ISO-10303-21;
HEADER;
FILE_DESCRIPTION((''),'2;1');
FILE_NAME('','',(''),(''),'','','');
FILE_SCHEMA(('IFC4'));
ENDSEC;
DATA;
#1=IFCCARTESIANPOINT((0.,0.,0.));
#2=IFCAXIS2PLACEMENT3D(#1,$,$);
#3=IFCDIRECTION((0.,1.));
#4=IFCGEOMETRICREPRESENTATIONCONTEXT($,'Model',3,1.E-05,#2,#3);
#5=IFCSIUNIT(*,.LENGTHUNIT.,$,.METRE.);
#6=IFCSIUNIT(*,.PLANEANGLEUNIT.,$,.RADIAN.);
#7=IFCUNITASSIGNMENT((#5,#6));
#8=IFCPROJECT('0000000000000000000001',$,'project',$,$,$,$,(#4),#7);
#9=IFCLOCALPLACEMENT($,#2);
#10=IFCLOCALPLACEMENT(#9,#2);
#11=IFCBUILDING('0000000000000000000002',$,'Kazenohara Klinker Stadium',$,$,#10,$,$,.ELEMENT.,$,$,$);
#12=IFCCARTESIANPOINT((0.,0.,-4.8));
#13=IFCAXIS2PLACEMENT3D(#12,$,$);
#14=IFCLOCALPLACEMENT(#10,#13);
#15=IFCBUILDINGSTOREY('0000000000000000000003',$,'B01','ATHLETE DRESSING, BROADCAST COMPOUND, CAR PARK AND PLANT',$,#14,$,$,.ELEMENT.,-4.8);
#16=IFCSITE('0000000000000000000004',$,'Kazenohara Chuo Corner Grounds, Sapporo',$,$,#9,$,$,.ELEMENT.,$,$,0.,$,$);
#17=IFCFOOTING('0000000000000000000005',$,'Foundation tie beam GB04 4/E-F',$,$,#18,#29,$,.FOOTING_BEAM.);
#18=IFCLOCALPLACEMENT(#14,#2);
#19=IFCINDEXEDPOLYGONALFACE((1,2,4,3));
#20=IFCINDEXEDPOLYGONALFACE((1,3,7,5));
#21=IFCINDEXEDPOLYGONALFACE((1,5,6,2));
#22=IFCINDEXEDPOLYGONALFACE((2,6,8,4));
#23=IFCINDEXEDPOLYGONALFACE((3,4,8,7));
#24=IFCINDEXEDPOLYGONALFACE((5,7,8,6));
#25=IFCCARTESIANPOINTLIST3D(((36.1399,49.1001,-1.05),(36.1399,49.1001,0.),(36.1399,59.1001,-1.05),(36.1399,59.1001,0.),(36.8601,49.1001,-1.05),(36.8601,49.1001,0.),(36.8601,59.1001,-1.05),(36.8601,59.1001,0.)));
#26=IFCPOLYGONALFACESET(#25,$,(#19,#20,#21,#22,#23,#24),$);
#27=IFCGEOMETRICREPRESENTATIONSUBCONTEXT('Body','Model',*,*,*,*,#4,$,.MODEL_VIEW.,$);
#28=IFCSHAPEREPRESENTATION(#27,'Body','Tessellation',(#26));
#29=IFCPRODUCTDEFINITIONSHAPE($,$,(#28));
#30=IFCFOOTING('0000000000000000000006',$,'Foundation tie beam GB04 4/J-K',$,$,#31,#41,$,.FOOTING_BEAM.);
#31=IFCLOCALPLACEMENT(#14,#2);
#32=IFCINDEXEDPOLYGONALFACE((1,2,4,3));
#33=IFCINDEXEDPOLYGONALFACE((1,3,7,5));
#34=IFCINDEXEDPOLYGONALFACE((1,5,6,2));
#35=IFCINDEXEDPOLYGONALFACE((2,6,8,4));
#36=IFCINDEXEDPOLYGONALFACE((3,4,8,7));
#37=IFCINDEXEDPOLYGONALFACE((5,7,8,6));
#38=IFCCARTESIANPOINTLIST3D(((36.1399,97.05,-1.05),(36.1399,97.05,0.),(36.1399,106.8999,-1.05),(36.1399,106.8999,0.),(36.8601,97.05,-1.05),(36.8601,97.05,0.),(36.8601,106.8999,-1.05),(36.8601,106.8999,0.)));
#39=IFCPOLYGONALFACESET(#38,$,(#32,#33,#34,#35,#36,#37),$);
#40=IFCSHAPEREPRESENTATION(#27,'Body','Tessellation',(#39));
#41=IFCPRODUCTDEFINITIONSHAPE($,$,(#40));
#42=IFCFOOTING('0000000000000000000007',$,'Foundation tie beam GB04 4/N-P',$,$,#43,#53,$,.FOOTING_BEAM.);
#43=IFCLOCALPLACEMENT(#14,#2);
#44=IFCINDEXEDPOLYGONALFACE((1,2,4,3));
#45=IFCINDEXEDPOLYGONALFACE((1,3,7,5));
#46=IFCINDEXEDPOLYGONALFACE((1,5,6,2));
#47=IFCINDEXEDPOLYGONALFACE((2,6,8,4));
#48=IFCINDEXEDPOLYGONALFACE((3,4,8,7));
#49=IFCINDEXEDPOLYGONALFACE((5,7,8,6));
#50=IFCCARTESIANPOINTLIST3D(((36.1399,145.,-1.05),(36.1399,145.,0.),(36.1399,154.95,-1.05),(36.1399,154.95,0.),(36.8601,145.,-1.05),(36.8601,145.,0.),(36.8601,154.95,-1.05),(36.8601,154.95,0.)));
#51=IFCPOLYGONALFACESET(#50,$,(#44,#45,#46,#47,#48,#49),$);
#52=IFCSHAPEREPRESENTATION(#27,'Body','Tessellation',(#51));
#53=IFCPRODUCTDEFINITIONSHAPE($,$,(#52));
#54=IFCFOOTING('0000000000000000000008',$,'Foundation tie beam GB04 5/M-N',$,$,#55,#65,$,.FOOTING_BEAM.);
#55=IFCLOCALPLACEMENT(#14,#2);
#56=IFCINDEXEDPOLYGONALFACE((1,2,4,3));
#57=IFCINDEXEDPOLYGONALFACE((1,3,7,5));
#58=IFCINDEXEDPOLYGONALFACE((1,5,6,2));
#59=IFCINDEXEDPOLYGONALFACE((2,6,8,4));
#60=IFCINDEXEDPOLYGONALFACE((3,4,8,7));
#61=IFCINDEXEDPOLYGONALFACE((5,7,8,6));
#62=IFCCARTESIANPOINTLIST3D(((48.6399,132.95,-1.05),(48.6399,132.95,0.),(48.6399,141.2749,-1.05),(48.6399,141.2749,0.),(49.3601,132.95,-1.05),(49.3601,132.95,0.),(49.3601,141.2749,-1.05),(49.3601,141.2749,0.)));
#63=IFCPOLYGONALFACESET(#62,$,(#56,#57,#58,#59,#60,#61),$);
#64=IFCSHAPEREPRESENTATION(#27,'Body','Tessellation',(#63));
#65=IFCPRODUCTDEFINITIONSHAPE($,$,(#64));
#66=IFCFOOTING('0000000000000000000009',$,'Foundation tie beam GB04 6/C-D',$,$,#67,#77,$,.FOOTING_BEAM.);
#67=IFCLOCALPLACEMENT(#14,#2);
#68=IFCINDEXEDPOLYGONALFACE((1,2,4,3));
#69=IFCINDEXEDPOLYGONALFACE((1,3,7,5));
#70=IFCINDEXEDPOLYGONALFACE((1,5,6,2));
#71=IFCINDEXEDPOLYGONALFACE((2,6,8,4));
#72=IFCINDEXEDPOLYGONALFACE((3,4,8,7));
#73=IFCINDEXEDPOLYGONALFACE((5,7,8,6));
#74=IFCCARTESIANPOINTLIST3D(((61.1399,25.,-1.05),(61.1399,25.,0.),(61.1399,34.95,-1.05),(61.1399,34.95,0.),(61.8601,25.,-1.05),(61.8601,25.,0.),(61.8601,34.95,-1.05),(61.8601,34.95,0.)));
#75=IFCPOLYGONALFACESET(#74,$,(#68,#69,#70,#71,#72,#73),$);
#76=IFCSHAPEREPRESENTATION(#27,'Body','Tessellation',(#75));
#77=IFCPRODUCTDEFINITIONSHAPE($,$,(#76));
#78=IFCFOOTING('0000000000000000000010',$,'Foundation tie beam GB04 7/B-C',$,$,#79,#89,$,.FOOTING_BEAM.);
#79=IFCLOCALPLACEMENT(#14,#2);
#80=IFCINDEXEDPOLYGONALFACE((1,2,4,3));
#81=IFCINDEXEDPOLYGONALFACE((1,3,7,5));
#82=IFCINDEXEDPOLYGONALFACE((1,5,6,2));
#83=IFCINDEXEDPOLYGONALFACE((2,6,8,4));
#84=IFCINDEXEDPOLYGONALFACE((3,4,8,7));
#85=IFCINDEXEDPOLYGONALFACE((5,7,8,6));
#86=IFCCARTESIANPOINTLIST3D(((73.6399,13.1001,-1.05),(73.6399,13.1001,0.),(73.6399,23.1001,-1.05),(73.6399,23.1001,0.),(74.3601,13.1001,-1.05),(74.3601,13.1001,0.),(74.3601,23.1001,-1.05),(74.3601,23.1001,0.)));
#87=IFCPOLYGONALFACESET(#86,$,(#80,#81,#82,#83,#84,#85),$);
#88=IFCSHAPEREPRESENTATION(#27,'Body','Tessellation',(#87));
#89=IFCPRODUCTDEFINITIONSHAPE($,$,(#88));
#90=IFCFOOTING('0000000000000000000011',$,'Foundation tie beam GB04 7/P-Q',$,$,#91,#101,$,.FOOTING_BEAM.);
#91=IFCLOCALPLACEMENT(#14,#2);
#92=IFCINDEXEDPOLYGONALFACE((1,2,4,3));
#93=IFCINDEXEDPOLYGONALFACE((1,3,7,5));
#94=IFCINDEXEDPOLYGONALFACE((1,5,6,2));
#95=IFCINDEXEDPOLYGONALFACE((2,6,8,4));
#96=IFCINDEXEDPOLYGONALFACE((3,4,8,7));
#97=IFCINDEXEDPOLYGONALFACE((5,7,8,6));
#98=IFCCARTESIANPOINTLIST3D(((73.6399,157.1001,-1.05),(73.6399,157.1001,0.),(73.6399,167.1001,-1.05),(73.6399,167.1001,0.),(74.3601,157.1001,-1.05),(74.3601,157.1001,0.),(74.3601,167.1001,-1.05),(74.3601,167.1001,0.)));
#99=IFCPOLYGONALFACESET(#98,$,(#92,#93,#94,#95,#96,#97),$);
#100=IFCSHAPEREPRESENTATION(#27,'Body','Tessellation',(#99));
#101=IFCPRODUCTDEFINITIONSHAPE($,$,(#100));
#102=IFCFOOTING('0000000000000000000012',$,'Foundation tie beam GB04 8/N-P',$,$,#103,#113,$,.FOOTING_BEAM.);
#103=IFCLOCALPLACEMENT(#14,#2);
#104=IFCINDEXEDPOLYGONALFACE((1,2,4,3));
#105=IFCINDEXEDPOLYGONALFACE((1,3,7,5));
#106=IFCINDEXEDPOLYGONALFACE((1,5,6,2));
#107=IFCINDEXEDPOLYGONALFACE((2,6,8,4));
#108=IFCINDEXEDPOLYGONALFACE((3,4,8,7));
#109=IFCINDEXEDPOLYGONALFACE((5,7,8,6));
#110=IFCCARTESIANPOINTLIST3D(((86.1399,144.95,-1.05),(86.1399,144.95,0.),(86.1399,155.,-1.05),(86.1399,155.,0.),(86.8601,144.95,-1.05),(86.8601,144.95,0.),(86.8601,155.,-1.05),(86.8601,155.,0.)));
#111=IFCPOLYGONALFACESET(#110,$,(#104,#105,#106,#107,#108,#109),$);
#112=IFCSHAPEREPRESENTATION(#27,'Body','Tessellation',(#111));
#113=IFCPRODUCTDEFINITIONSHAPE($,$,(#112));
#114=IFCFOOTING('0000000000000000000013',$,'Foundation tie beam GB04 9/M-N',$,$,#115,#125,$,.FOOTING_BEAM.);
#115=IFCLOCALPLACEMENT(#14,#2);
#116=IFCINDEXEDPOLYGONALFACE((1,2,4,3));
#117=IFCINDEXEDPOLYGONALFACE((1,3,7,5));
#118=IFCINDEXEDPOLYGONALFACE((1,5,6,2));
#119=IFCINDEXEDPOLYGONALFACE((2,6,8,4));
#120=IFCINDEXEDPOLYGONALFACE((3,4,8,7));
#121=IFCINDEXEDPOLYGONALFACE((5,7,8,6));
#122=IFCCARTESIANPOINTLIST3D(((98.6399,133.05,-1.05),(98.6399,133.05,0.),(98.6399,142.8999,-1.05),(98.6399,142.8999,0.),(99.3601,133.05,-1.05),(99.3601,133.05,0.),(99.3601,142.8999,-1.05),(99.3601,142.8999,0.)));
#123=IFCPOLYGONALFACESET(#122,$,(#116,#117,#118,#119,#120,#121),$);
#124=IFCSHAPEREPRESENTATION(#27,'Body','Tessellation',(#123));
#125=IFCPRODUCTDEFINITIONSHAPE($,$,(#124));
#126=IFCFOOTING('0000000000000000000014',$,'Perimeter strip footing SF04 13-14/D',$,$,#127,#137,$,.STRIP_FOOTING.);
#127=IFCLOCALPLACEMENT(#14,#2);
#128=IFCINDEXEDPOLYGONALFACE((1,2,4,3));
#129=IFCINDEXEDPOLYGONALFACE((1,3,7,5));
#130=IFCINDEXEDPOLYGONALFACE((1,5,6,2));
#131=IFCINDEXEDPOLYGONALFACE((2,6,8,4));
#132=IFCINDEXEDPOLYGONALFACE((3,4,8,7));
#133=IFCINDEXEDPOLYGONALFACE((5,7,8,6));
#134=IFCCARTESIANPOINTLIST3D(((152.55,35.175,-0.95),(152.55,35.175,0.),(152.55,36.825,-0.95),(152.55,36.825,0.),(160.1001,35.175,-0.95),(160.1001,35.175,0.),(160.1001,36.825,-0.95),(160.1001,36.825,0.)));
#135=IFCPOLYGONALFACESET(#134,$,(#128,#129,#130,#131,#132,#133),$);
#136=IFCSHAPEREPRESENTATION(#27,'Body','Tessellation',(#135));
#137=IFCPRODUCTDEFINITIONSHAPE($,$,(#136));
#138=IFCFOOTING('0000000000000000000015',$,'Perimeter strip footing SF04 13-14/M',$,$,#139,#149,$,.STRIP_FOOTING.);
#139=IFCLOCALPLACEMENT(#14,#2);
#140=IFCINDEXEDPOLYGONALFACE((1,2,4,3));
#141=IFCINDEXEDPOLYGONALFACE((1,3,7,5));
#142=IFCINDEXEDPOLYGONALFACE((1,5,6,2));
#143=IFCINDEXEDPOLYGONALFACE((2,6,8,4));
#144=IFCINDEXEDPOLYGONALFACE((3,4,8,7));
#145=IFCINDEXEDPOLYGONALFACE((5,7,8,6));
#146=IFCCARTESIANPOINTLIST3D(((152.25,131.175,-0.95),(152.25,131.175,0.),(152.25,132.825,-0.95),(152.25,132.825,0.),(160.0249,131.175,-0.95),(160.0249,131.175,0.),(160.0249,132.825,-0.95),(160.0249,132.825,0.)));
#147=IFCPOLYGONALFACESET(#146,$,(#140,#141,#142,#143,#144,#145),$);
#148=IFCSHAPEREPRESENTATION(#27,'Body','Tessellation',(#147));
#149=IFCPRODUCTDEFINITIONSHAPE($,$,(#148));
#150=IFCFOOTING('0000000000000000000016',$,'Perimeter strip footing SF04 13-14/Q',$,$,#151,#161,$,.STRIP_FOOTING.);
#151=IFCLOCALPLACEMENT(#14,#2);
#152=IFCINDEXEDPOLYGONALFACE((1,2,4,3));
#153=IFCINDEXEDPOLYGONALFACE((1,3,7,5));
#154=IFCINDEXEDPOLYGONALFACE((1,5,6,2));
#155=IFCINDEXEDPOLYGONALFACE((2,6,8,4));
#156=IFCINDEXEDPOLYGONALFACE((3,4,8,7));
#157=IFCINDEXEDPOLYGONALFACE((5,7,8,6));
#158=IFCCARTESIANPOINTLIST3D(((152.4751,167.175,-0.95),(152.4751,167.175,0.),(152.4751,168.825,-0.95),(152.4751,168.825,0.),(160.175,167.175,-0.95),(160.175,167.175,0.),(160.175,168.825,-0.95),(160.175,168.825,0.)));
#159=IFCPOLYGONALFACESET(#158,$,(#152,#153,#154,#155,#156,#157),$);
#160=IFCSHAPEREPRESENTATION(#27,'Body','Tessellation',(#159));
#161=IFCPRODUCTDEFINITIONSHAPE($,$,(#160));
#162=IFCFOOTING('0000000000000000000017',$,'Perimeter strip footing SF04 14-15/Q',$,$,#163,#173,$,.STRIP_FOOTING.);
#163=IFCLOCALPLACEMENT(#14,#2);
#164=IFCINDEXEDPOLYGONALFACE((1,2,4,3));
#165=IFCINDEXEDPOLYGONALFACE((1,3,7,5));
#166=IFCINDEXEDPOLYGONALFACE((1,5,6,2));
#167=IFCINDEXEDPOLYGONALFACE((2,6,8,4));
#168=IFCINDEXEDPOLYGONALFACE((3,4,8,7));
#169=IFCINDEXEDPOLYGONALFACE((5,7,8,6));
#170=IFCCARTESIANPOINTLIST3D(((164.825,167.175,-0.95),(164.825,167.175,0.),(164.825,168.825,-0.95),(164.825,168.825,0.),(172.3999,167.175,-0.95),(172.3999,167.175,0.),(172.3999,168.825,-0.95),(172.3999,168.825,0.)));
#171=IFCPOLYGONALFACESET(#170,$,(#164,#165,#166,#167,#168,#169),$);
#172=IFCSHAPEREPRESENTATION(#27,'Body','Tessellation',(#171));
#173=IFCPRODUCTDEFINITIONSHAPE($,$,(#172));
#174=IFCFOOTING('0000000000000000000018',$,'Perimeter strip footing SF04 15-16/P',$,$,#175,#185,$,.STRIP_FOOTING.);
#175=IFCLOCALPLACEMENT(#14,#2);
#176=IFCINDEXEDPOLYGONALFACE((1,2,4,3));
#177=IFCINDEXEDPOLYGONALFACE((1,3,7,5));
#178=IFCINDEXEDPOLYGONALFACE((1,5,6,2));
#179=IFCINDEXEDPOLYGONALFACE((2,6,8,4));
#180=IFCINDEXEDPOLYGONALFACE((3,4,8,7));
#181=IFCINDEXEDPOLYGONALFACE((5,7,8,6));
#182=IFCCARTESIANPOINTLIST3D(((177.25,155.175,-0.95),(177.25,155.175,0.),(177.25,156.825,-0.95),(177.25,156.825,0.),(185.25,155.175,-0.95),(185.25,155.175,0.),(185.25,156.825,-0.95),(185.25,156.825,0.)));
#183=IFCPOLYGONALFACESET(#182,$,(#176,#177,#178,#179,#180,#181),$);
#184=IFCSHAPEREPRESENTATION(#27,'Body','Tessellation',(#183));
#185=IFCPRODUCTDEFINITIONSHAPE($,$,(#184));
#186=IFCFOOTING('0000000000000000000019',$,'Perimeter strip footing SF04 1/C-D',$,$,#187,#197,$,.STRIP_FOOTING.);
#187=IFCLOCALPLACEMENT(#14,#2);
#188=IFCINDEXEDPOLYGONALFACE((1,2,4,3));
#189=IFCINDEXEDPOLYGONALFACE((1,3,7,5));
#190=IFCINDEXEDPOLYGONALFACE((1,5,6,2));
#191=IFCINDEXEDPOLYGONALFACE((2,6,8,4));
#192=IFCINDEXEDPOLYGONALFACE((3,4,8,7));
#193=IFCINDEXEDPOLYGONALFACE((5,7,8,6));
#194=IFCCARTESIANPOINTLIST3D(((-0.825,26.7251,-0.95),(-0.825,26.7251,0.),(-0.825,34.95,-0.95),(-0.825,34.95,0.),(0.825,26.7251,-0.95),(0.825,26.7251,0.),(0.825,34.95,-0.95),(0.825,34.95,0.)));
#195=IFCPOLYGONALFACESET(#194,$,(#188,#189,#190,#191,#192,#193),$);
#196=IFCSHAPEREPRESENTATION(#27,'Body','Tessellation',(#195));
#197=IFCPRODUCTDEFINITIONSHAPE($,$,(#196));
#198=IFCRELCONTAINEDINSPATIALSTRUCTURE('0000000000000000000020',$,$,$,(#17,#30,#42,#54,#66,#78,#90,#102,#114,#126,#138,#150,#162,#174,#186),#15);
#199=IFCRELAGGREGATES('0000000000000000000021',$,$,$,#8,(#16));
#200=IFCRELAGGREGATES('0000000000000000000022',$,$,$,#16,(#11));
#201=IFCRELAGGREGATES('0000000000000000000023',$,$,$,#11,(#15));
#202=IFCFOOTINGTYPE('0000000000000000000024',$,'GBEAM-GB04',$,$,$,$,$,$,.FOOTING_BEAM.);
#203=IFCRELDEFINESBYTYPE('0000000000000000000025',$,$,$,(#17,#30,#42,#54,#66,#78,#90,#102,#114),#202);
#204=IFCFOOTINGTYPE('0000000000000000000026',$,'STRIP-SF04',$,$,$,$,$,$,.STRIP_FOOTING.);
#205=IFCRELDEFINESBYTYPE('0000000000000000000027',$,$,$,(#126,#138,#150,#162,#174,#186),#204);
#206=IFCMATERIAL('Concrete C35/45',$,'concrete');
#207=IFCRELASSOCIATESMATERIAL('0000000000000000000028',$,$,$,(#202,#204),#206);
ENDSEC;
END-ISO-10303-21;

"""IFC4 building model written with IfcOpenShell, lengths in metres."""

from ifc_helpers import new_model, si_unit, direction, frame, origin, place, context, subcontext, project, spatial, polyline, outline, extrude, material, type_object, element, save


model = new_model("IFC4")

# Units and contexts
model_context = context("Model", 3, precision=1e-05, world=origin(), true_north=direction((0.0, 1.0)))
body_context = subcontext(model_context, "Body", "Model", "MODEL_VIEW")
ifc_project = project(units=[si_unit("LENGTHUNIT", "METRE"), si_unit("PLANEANGLEUNIT", "RADIAN")], contexts=[model_context])

# Site, building, storey
site_placement = place(None, origin())
site = spatial("IfcSite", under=ifc_project, at=site_placement, Name="Kazenohara Chuo Corner Grounds, Sapporo", CompositionType="ELEMENT", RefElevation=0.0)
building_placement = place(site_placement, origin())
building = spatial("IfcBuilding", under=site, at=building_placement, Name="Kazenohara Klinker Stadium", CompositionType="ELEMENT")
storey_placement = place(building_placement, frame((0.0, 0.0, -4.8)))
storey = spatial("IfcBuildingStorey", under=building, at=storey_placement, Name="B01", Description="ATHLETE DRESSING, BROADCAST COMPOUND, CAR PARK AND PLANT", CompositionType="ELEMENT", Elevation=-4.8)

# Footings
ifc_material = material(Name="Concrete C35/45", Category="concrete")
footing_type_1 = type_object("IfcFootingType", Name="GBEAM-GB04", PredefinedType="FOOTING_BEAM", material=ifc_material)
footing_1_placement = place(storey_placement, frame((0.0, 0.0, -1.05)))
element("IfcFooting", 1, at=footing_1_placement, inside=storey, type_object=footing_type_1, Name="Foundation tie beam GB04 4/E-F", PredefinedType="FOOTING_BEAM", context=body_context, shape_type="SweptSolid", body=[
    extrude(outline(polyline([(36.1399, 49.1001), (36.8601, 49.1001), (36.8601, 59.1001), (36.1399, 59.1001), (36.1399, 49.1001)])), origin(), (0.0, 0.0, 1.0), 1.05),
])
footing_2_placement = place(storey_placement, frame((0.0, 0.0, -1.05)))
element("IfcFooting", 2, at=footing_2_placement, inside=storey, type_object=footing_type_1, Name="Foundation tie beam GB04 4/J-K", PredefinedType="FOOTING_BEAM", context=body_context, shape_type="SweptSolid", body=[
    extrude(outline(polyline([(36.1399, 97.05), (36.8601, 97.05), (36.8601, 106.8999), (36.1399, 106.8999), (36.1399, 97.05)])), origin(), (0.0, 0.0, 1.0), 1.05),
])
footing_3_placement = place(storey_placement, frame((0.0, 0.0, -1.05)))
element("IfcFooting", 3, at=footing_3_placement, inside=storey, type_object=footing_type_1, Name="Foundation tie beam GB04 4/N-P", PredefinedType="FOOTING_BEAM", context=body_context, shape_type="SweptSolid", body=[
    extrude(outline(polyline([(36.1399, 145.0), (36.8601, 145.0), (36.8601, 154.95), (36.1399, 154.95), (36.1399, 145.0)])), origin(), (0.0, 0.0, 1.0), 1.05),
])
footing_4_placement = place(storey_placement, frame((0.0, 0.0, -1.05)))
element("IfcFooting", 4, at=footing_4_placement, inside=storey, type_object=footing_type_1, Name="Foundation tie beam GB04 5/M-N", PredefinedType="FOOTING_BEAM", context=body_context, shape_type="SweptSolid", body=[
    extrude(outline(polyline([(48.6399, 132.95), (49.3601, 132.95), (49.3601, 141.2749), (48.6399, 141.2749), (48.6399, 132.95)])), origin(), (0.0, 0.0, 1.0), 1.05),
])
footing_5_placement = place(storey_placement, frame((0.0, 0.0, -1.05)))
element("IfcFooting", 5, at=footing_5_placement, inside=storey, type_object=footing_type_1, Name="Foundation tie beam GB04 6/C-D", PredefinedType="FOOTING_BEAM", context=body_context, shape_type="SweptSolid", body=[
    extrude(outline(polyline([(61.1399, 25.0), (61.8601, 25.0), (61.8601, 34.95), (61.1399, 34.95), (61.1399, 25.0)])), origin(), (0.0, 0.0, 1.0), 1.05),
])
footing_6_placement = place(storey_placement, frame((0.0, 0.0, -1.05)))
element("IfcFooting", 6, at=footing_6_placement, inside=storey, type_object=footing_type_1, Name="Foundation tie beam GB04 7/B-C", PredefinedType="FOOTING_BEAM", context=body_context, shape_type="SweptSolid", body=[
    extrude(outline(polyline([(73.6399, 13.1001), (74.3601, 13.1001), (74.3601, 23.1001), (73.6399, 23.1001), (73.6399, 13.1001)])), origin(), (0.0, 0.0, 1.0), 1.05),
])
footing_7_placement = place(storey_placement, frame((0.0, 0.0, -1.05)))
element("IfcFooting", 7, at=footing_7_placement, inside=storey, type_object=footing_type_1, Name="Foundation tie beam GB04 7/P-Q", PredefinedType="FOOTING_BEAM", context=body_context, shape_type="SweptSolid", body=[
    extrude(outline(polyline([(73.6399, 157.1001), (74.3601, 157.1001), (74.3601, 167.1001), (73.6399, 167.1001), (73.6399, 157.1001)])), origin(), (0.0, 0.0, 1.0), 1.05),
])
footing_8_placement = place(storey_placement, frame((0.0, 0.0, -1.05)))
element("IfcFooting", 8, at=footing_8_placement, inside=storey, type_object=footing_type_1, Name="Foundation tie beam GB04 8/N-P", PredefinedType="FOOTING_BEAM", context=body_context, shape_type="SweptSolid", body=[
    extrude(outline(polyline([(86.1399, 144.95), (86.8601, 144.95), (86.8601, 155.0), (86.1399, 155.0), (86.1399, 144.95)])), origin(), (0.0, 0.0, 1.0), 1.05),
])
footing_9_placement = place(storey_placement, frame((0.0, 0.0, -1.05)))
element("IfcFooting", 9, at=footing_9_placement, inside=storey, type_object=footing_type_1, Name="Foundation tie beam GB04 9/M-N", PredefinedType="FOOTING_BEAM", context=body_context, shape_type="SweptSolid", body=[
    extrude(outline(polyline([(98.6399, 133.05), (99.3601, 133.05), (99.3601, 142.8999), (98.6399, 142.8999), (98.6399, 133.05)])), origin(), (0.0, 0.0, 1.0), 1.05),
])
footing_type_2 = type_object("IfcFootingType", Name="STRIP-SF04", PredefinedType="STRIP_FOOTING", material=ifc_material)
footing_10_placement = place(storey_placement, frame((0.0, 0.0, -0.95)))
element("IfcFooting", 10, at=footing_10_placement, inside=storey, type_object=footing_type_2, Name="Perimeter strip footing SF04 13-14/D", PredefinedType="STRIP_FOOTING", context=body_context, shape_type="SweptSolid", body=[
    extrude(outline(polyline([(152.55, 35.175), (160.1001, 35.175), (160.1001, 36.825), (152.55, 36.825), (152.55, 35.175)])), origin(), (0.0, 0.0, 1.0), 0.95),
])
footing_11_placement = place(storey_placement, frame((0.0, 0.0, -0.95)))
element("IfcFooting", 11, at=footing_11_placement, inside=storey, type_object=footing_type_2, Name="Perimeter strip footing SF04 13-14/M", PredefinedType="STRIP_FOOTING", context=body_context, shape_type="SweptSolid", body=[
    extrude(outline(polyline([(152.25, 131.175), (160.0249, 131.175), (160.0249, 132.825), (152.25, 132.825), (152.25, 131.175)])), origin(), (0.0, 0.0, 1.0), 0.95),
])
footing_12_placement = place(storey_placement, frame((0.0, 0.0, -0.95)))
element("IfcFooting", 12, at=footing_12_placement, inside=storey, type_object=footing_type_2, Name="Perimeter strip footing SF04 13-14/Q", PredefinedType="STRIP_FOOTING", context=body_context, shape_type="SweptSolid", body=[
    extrude(outline(polyline([(152.4751, 167.175), (160.175, 167.175), (160.175, 168.825), (152.4751, 168.825), (152.4751, 167.175)])), origin(), (0.0, 0.0, 1.0), 0.95),
])
footing_13_placement = place(storey_placement, frame((0.0, 0.0, -0.95)))
element("IfcFooting", 13, at=footing_13_placement, inside=storey, type_object=footing_type_2, Name="Perimeter strip footing SF04 14-15/Q", PredefinedType="STRIP_FOOTING", context=body_context, shape_type="SweptSolid", body=[
    extrude(outline(polyline([(164.825, 167.175), (172.3999, 167.175), (172.3999, 168.825), (164.825, 168.825), (164.825, 167.175)])), origin(), (0.0, 0.0, 1.0), 0.95),
])
footing_14_placement = place(storey_placement, frame((0.0, 0.0, -0.95)))
element("IfcFooting", 14, at=footing_14_placement, inside=storey, type_object=footing_type_2, Name="Perimeter strip footing SF04 15-16/P", PredefinedType="STRIP_FOOTING", context=body_context, shape_type="SweptSolid", body=[
    extrude(outline(polyline([(177.25, 155.175), (185.25, 155.175), (185.25, 156.825), (177.25, 156.825), (177.25, 155.175)])), origin(), (0.0, 0.0, 1.0), 0.95),
])
footing_15_placement = place(storey_placement, frame((0.0, 0.0, -0.95)))
element("IfcFooting", 15, at=footing_15_placement, inside=storey, type_object=footing_type_2, Name="Perimeter strip footing SF04 1/C-D", PredefinedType="STRIP_FOOTING", context=body_context, shape_type="SweptSolid", body=[
    extrude(outline(polyline([(-0.825, 26.7251), (0.825, 26.7251), (0.825, 34.95), (-0.825, 34.95), (-0.825, 26.7251)])), origin(), (0.0, 0.0, 1.0), 0.95),
])

save(model, "model.ifc")
